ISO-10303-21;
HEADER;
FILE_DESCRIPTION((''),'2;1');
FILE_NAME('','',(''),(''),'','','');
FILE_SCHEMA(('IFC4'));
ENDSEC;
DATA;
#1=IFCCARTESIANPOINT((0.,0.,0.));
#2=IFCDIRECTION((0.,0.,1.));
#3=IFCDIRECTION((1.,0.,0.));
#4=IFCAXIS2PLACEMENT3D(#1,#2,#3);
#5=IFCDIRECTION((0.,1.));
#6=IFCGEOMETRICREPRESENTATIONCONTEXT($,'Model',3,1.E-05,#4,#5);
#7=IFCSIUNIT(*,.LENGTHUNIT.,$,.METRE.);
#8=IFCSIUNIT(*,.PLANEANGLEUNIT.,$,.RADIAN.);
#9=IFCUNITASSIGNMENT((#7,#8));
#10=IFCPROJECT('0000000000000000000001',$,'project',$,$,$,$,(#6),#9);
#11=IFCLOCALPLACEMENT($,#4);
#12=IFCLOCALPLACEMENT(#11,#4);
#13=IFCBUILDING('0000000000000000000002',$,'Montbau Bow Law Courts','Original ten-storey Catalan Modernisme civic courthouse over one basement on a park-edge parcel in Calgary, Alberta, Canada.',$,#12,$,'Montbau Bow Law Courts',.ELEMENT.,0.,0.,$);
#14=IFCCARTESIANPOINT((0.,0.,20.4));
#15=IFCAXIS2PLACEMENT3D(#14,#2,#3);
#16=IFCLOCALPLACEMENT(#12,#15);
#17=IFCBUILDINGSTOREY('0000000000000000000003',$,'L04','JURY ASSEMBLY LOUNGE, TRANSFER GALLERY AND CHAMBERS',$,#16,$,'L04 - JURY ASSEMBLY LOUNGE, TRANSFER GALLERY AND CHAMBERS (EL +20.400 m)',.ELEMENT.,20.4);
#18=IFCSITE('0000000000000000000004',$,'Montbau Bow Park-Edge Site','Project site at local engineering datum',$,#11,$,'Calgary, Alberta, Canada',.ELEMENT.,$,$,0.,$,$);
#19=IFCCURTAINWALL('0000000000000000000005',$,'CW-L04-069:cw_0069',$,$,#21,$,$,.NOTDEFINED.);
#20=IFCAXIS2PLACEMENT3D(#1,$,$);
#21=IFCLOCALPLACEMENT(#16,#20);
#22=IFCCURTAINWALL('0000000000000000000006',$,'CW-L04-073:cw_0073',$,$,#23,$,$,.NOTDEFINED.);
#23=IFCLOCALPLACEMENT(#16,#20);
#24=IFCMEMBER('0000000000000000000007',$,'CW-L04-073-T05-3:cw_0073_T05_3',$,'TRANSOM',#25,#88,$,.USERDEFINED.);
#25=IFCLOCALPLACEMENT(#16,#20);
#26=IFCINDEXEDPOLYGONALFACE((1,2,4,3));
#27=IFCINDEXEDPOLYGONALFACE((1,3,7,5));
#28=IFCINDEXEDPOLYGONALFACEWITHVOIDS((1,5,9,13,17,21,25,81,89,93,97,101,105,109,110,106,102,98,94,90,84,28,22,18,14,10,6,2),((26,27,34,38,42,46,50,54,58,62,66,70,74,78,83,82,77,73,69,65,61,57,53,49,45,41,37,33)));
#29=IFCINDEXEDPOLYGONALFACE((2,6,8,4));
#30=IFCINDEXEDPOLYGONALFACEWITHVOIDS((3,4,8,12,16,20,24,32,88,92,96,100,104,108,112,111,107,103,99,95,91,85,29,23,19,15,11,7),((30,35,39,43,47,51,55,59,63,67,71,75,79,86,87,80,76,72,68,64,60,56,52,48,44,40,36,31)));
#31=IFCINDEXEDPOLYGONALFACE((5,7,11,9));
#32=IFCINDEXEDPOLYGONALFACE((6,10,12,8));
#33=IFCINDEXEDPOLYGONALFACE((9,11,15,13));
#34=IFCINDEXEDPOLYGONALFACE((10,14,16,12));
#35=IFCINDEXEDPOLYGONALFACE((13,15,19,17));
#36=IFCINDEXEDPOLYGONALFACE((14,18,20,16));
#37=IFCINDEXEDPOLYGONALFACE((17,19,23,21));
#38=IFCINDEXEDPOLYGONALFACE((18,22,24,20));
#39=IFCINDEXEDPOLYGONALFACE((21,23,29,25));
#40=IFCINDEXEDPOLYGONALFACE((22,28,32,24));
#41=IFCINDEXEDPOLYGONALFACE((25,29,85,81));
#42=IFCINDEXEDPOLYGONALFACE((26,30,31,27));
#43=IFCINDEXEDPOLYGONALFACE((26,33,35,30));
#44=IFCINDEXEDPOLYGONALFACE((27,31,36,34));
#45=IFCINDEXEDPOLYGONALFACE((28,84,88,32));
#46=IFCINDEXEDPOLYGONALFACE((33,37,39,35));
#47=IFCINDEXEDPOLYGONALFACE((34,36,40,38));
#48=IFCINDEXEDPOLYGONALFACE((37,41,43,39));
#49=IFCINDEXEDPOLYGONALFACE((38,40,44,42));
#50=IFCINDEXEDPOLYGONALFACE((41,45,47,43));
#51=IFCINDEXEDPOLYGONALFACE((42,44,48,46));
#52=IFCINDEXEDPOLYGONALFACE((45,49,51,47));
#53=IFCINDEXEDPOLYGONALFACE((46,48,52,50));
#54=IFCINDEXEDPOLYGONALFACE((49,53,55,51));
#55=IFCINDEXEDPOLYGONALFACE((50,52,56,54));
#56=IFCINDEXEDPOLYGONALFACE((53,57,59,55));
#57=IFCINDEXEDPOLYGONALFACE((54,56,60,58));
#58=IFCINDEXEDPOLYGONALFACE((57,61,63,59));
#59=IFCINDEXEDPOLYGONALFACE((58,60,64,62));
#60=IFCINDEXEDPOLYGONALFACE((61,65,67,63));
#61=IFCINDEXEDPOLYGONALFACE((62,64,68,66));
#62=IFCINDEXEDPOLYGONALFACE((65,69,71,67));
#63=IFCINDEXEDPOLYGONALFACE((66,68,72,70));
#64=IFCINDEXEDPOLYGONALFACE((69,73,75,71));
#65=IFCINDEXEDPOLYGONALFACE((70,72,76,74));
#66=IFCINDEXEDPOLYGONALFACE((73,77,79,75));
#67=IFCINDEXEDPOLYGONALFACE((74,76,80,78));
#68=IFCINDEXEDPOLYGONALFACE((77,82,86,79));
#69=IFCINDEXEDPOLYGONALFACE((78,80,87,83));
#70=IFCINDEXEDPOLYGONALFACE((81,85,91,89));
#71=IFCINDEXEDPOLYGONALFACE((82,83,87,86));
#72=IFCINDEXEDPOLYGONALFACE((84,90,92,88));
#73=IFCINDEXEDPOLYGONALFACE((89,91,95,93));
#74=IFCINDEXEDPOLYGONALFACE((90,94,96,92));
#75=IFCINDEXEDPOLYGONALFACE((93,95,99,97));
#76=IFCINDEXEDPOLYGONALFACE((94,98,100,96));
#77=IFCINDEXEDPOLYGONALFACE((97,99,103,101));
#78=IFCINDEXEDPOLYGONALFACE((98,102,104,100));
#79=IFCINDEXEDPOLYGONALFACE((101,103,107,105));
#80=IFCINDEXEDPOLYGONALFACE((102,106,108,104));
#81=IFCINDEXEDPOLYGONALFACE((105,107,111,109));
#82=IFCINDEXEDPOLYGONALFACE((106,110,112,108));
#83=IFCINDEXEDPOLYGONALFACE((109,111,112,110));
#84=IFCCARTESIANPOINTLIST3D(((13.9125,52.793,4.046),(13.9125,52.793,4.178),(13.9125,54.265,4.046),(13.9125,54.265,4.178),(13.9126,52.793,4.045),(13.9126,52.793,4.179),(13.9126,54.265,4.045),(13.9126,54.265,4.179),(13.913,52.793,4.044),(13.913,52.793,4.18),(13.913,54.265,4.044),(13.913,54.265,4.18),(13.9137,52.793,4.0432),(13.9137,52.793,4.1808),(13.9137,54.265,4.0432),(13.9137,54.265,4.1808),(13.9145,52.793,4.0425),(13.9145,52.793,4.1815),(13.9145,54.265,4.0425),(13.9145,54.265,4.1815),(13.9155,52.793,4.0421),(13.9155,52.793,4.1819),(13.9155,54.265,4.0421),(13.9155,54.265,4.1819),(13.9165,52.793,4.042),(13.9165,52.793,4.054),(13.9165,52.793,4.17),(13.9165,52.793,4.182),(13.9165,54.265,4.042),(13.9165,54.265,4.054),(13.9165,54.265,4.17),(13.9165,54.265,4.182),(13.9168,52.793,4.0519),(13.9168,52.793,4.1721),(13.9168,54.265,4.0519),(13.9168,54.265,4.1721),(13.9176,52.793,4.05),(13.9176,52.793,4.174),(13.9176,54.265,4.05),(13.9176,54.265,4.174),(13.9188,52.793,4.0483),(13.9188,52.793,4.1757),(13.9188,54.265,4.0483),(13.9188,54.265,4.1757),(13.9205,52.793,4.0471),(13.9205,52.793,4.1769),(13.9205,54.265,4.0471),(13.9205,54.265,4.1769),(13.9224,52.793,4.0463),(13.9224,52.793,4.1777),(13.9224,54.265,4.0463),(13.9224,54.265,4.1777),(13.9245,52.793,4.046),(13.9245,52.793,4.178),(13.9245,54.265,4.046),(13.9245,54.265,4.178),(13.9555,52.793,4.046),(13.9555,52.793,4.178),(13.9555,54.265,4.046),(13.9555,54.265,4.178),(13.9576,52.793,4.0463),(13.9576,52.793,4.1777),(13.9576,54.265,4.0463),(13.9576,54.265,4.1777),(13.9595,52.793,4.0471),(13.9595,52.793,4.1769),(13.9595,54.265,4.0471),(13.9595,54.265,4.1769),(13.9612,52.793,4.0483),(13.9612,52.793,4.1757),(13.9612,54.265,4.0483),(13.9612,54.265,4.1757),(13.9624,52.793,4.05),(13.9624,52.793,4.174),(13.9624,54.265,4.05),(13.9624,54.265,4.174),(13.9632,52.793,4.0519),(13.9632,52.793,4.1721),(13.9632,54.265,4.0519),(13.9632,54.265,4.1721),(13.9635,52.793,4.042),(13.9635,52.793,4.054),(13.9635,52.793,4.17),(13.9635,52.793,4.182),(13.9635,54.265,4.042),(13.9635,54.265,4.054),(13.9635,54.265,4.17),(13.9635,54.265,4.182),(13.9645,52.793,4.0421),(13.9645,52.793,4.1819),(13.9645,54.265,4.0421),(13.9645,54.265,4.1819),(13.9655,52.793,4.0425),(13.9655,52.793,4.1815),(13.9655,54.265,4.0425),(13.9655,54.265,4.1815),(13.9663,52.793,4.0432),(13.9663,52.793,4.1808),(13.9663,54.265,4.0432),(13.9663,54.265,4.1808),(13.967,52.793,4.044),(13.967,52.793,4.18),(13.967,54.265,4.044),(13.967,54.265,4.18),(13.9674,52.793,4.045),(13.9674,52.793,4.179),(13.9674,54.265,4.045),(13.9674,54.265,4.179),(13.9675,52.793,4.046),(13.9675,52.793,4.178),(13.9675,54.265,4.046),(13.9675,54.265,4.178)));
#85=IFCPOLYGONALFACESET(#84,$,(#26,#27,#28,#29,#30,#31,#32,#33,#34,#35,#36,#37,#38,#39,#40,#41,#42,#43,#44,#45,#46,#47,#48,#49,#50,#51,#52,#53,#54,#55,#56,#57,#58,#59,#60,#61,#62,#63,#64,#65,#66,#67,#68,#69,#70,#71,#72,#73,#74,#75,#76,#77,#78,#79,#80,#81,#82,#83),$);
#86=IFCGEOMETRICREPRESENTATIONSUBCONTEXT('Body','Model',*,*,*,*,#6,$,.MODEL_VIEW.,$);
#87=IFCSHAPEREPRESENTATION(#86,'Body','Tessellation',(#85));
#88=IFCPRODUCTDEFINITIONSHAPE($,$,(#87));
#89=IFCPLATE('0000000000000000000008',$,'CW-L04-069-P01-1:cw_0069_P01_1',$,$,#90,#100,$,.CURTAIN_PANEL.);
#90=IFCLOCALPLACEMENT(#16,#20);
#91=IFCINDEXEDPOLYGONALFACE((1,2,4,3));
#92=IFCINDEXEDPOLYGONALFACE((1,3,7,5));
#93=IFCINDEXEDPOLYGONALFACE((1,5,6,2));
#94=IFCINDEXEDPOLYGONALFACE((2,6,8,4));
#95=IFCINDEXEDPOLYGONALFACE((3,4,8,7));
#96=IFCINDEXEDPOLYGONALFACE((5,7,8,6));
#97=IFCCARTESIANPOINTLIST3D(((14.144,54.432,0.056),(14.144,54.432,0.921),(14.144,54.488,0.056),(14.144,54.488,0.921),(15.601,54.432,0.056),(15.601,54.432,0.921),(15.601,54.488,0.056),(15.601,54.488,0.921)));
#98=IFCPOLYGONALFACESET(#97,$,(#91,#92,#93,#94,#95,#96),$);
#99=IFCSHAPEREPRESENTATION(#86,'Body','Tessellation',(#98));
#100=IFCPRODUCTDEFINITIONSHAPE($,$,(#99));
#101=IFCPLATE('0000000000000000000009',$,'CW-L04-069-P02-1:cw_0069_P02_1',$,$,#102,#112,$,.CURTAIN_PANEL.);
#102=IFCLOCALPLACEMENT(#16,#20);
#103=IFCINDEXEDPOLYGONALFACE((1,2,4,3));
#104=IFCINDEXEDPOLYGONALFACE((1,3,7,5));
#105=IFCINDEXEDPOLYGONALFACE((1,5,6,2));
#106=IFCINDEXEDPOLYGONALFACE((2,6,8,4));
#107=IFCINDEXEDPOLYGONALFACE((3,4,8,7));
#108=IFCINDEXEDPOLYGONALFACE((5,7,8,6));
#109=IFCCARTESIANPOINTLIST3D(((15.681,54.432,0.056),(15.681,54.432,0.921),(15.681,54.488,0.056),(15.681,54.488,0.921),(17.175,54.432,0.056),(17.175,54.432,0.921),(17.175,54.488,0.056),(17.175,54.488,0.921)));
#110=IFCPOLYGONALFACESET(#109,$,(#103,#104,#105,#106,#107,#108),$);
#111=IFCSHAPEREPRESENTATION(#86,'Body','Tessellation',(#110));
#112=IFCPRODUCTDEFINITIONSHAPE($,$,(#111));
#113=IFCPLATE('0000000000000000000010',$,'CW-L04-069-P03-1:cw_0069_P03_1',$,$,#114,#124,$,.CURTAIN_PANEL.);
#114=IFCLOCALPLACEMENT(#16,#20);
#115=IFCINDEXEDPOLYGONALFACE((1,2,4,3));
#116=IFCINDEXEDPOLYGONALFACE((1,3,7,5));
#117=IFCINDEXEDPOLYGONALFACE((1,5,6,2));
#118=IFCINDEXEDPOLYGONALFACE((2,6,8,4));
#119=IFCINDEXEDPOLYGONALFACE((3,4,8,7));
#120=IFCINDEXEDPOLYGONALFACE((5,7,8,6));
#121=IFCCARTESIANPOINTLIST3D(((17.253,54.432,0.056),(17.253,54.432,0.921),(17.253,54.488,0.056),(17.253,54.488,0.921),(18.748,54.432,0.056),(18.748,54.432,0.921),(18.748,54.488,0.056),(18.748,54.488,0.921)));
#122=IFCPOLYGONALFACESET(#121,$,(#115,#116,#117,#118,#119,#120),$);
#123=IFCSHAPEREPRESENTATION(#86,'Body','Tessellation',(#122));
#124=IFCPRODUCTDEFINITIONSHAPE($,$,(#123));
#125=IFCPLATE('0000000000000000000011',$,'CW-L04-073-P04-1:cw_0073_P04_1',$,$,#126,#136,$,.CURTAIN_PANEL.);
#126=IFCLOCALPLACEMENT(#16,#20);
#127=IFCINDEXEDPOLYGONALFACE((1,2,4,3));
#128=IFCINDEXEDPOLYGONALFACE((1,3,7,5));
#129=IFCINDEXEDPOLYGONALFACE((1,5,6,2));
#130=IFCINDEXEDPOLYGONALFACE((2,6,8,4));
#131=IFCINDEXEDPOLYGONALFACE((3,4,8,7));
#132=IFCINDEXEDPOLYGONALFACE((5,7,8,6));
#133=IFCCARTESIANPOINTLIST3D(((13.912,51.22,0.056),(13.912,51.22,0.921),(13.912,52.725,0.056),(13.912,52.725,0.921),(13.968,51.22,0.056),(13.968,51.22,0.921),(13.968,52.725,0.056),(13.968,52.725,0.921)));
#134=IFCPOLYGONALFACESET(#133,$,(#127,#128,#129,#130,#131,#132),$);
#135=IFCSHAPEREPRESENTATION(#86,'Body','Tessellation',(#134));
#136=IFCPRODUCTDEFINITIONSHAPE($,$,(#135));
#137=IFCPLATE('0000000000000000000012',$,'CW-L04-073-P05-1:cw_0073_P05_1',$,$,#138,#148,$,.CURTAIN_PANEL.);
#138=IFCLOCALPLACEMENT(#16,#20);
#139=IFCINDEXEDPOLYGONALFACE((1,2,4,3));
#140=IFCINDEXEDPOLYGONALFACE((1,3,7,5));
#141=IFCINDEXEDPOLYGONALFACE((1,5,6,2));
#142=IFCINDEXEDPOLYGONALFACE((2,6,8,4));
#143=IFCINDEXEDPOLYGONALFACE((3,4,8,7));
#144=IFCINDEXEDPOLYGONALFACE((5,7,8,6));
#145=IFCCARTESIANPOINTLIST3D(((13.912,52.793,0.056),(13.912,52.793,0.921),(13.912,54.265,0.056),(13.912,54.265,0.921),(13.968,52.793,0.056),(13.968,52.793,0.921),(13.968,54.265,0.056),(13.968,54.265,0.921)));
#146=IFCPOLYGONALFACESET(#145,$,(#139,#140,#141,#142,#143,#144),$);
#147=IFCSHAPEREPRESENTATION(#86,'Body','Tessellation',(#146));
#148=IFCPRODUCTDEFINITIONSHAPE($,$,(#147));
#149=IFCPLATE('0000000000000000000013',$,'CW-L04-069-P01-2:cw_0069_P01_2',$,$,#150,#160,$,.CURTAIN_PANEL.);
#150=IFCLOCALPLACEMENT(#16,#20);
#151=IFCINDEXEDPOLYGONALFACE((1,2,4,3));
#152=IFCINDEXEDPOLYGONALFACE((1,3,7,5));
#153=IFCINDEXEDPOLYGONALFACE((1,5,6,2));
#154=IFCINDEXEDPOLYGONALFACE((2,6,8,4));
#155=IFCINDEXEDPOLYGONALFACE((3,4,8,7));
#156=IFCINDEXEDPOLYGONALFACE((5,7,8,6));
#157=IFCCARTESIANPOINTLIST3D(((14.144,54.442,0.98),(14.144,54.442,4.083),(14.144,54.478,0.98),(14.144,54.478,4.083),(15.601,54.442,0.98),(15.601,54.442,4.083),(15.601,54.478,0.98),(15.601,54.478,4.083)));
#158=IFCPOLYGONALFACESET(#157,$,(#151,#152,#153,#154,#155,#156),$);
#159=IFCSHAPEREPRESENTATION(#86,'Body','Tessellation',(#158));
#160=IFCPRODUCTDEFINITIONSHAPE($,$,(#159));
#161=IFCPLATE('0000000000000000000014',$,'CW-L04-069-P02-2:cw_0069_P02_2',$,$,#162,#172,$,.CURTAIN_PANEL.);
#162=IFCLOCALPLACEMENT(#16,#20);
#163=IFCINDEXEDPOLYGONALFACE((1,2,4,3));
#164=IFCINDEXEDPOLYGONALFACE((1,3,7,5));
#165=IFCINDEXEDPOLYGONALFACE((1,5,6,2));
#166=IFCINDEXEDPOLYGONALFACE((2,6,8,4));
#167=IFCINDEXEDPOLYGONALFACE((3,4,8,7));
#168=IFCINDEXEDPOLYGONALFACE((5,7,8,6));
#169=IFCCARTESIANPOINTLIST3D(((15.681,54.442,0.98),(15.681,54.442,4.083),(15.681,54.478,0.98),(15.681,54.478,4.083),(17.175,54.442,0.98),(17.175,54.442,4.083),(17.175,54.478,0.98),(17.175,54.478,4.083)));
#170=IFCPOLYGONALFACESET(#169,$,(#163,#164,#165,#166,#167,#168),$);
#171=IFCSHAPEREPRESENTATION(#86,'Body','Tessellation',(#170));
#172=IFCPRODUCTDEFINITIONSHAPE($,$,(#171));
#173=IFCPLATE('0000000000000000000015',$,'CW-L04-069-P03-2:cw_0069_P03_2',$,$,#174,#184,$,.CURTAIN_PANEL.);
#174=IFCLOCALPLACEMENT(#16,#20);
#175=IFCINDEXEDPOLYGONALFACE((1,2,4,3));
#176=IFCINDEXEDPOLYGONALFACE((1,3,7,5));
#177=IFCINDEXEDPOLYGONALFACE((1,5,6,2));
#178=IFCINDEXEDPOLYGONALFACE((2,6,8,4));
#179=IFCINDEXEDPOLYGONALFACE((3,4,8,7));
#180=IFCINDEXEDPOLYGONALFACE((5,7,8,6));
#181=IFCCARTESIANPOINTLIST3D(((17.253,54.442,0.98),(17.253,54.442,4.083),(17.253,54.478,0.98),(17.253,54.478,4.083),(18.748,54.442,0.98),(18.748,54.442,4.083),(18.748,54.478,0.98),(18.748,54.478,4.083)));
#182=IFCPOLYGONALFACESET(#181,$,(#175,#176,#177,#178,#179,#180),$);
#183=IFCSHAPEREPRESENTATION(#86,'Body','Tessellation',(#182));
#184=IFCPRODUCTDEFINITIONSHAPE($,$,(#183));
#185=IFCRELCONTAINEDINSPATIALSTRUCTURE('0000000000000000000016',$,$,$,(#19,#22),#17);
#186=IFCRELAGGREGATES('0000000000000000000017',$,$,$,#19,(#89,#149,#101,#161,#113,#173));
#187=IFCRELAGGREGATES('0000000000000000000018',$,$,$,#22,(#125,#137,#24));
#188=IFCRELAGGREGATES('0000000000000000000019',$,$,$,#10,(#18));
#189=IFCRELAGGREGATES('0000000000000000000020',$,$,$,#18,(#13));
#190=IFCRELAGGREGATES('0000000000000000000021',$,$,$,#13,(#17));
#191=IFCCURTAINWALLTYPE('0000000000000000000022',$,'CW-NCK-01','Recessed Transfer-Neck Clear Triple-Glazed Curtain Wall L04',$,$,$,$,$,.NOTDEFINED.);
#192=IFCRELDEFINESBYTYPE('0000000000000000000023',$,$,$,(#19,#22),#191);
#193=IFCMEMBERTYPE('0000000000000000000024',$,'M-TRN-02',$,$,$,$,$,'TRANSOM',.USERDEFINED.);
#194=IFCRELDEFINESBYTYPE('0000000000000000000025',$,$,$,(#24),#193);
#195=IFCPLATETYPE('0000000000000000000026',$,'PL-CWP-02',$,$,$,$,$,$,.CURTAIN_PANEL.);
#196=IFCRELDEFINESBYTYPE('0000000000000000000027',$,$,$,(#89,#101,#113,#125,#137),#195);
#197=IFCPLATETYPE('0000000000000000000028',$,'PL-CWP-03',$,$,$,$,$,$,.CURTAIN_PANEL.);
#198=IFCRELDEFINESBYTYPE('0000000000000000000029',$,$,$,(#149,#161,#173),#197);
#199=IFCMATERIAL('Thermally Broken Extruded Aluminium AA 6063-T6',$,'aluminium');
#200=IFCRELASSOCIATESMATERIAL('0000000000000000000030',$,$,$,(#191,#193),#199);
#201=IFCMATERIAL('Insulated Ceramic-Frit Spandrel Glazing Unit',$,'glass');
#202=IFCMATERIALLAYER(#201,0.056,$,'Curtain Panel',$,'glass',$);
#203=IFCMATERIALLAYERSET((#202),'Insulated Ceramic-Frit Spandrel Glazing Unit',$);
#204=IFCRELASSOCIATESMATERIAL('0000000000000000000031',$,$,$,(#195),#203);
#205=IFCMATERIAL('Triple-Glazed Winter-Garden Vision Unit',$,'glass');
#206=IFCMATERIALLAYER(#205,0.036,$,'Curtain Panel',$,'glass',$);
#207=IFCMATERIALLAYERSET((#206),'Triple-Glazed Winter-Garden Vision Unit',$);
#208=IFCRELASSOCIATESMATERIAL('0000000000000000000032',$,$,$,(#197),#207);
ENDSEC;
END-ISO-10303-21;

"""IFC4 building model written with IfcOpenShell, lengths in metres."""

from ifc_helpers import new_model, si_unit, direction, frame, frame_2d, origin_with_axes, origin_2d_with_axis, place, context, subcontext, project, spatial, rectangle, hollow_rectangle, extrude, material, layer, layer_set, material_profile, profile_set, type_object, element, aggregate, save


model = new_model("IFC4")

# Units and contexts
model_context = context("Model", 3, precision=1e-05, world=origin_with_axes(), true_north=direction((0.0, 1.0)))
body_context = subcontext(model_context, "Body", "Model", "MODEL_VIEW")
ifc_project = project(units=[si_unit("LENGTHUNIT", "METRE"), si_unit("PLANEANGLEUNIT", "RADIAN")], contexts=[model_context])

# Site, building, storey
site_placement = place(None, origin_with_axes())
site = spatial("IfcSite", under=ifc_project, at=site_placement, Name="Montbau Bow Park-Edge Site", Description="Project site at local engineering datum", LongName="Calgary, Alberta, Canada", CompositionType="ELEMENT", RefElevation=0.0)
building_placement = place(site_placement, origin_with_axes())
building = spatial("IfcBuilding", under=site, at=building_placement, Name="Montbau Bow Law Courts", Description="Original ten-storey Catalan Modernisme civic courthouse over one basement on a park-edge parcel in Calgary, Alberta, Canada.", LongName="Montbau Bow Law Courts", CompositionType="ELEMENT", ElevationOfRefHeight=0.0, ElevationOfTerrain=0.0)
storey_placement = place(building_placement, frame((0.0, 0.0, 20.4), z_axis=(0.0, 0.0, 1.0), x_axis=(1.0, 0.0, 0.0)))
storey = spatial("IfcBuildingStorey", under=building, at=storey_placement, Name="L04", Description="JURY ASSEMBLY LOUNGE, TRANSFER GALLERY AND CHAMBERS", LongName="L04 - JURY ASSEMBLY LOUNGE, TRANSFER GALLERY AND CHAMBERS (EL +20.400 m)", CompositionType="ELEMENT", Elevation=20.4)

# Curtain walls
ifc_material_1 = material(Name="Thermally Broken Extruded Aluminium AA 6063-T6", Category="aluminium")
curtain_wall_type = type_object("IfcCurtainWallType", Name="CW-NCK-01", Description="Recessed Transfer-Neck Clear Triple-Glazed Curtain Wall L04", PredefinedType="NOTDEFINED", material=ifc_material_1)
curtain_wall_1_placement = place(None, frame((14.068, 54.46, 20.4), z_axis=(0.0, 0.0, 1.0), x_axis=(1.0, 0.0, 0.0)))
curtain_wall_1 = element("IfcCurtainWall", 1, at=curtain_wall_1_placement, inside=storey, type_object=curtain_wall_type, Name="CW-L04-069:cw_0069", PredefinedType="NOTDEFINED")
curtain_wall_2_placement = place(None, frame((13.94, 46.468, 20.4), z_axis=(0.0, 0.0, 1.0), x_axis=(1.0, 0.0, 0.0)))
curtain_wall_2 = element("IfcCurtainWall", 2, at=curtain_wall_2_placement, inside=storey, type_object=curtain_wall_type, Name="CW-L04-073:cw_0073", PredefinedType="NOTDEFINED")

# Member
ifc_material_profile_1 = material_profile(ifc_material_1, hollow_rectangle(XDim=0.055, YDim=0.14, WallThickness=0.004, InnerFilletRadius=0.008, OuterFilletRadius=0.004, at=origin_2d_with_axis()), Name="CWT-140X55", Category="Main", Priority=0)
ifc_profile_set_1 = profile_set([ifc_material_profile_1], Name="Thermally Broken Extruded Aluminium AA 6063-T6")
member_type_1 = type_object("IfcMemberType", Name="M-TRN-02", ElementType="TRANSOM", PredefinedType="USERDEFINED", material=ifc_profile_set_1)
member_1_placement = place(None, frame((13.94, 52.793, 24.512), z_axis=(0.0, 1.0, 0.0), x_axis=(-1.0, 0.0, 0.0)))
member_1 = element("IfcMember", 3, at=member_1_placement, type_object=member_type_1, Name="CW-L04-073-T05-3:cw_0073_T05_3", ObjectType="TRANSOM", PredefinedType="USERDEFINED", context=body_context, shape_type="SweptSolid", body=[
    extrude(hollow_rectangle(XDim=0.055, YDim=0.14, WallThickness=0.004, InnerFilletRadius=0.008, OuterFilletRadius=0.004, at=origin_2d_with_axis()), origin_with_axes(), (0.0, 0.0, 1.0), 1.472),
])

# Plates
ifc_material_2 = material(Name="Insulated Ceramic-Frit Spandrel Glazing Unit", Category="glass")
ifc_layer_1 = layer(ifc_material_2, 0.056, Name="Curtain Panel", Category="glass")
ifc_layer_set_1 = layer_set([ifc_layer_1], Name="Insulated Ceramic-Frit Spandrel Glazing Unit")
plate_type_1 = type_object("IfcPlateType", Name="PL-CWP-02", PredefinedType="CURTAIN_PANEL", material=ifc_layer_set_1)
plate_1_placement = place(None, frame((14.144, 54.46, 20.456), z_axis=(0.0, -1.0, 0.0), x_axis=(1.0, 0.0, 0.0)))
plate_1 = element("IfcPlate", 4, at=plate_1_placement, type_object=plate_type_1, Name="CW-L04-069-P01-1:cw_0069_P01_1", PredefinedType="CURTAIN_PANEL", context=body_context, shape_type="SweptSolid", body=[
    extrude(rectangle(XDim=1.457, YDim=0.865, at=frame_2d((0.7285, 0.4325), x_axis=(1.0, 0.0))), frame((0.0, 0.0, -0.028), z_axis=(0.0, 0.0, 1.0), x_axis=(1.0, 0.0, 0.0)), (0.0, 0.0, 1.0), 0.056),
])
plate_2_placement = place(None, frame((15.681, 54.46, 20.456), z_axis=(0.0, -1.0, 0.0), x_axis=(1.0, 0.0, 0.0)))
plate_2 = element("IfcPlate", 5, at=plate_2_placement, type_object=plate_type_1, Name="CW-L04-069-P02-1:cw_0069_P02_1", PredefinedType="CURTAIN_PANEL", context=body_context, shape_type="SweptSolid", body=[
    extrude(rectangle(XDim=1.494, YDim=0.865, at=frame_2d((0.747, 0.4325), x_axis=(1.0, 0.0))), frame((0.0, 0.0, -0.028), z_axis=(0.0, 0.0, 1.0), x_axis=(1.0, 0.0, 0.0)), (0.0, 0.0, 1.0), 0.056),
])
plate_3_placement = place(None, frame((17.253, 54.46, 20.456), z_axis=(0.0, -1.0, 0.0), x_axis=(1.0, 0.0, 0.0)))
plate_3 = element("IfcPlate", 6, at=plate_3_placement, type_object=plate_type_1, Name="CW-L04-069-P03-1:cw_0069_P03_1", PredefinedType="CURTAIN_PANEL", context=body_context, shape_type="SweptSolid", body=[
    extrude(rectangle(XDim=1.495, YDim=0.865, at=frame_2d((0.7475, 0.4325), x_axis=(1.0, 0.0))), frame((0.0, 0.0, -0.028), z_axis=(0.0, 0.0, 1.0), x_axis=(1.0, 0.0, 0.0)), (0.0, 0.0, 1.0), 0.056),
])
plate_4_placement = place(None, frame((13.94, 51.22, 20.456), z_axis=(1.0, 0.0, 0.0), x_axis=(0.0, 1.0, 0.0)))
plate_4 = element("IfcPlate", 7, at=plate_4_placement, type_object=plate_type_1, Name="CW-L04-073-P04-1:cw_0073_P04_1", PredefinedType="CURTAIN_PANEL", context=body_context, shape_type="SweptSolid", body=[
    extrude(rectangle(XDim=1.505, YDim=0.865, at=frame_2d((0.7525, 0.4325), x_axis=(1.0, 0.0))), frame((0.0, 0.0, -0.028), z_axis=(0.0, 0.0, 1.0), x_axis=(1.0, 0.0, 0.0)), (0.0, 0.0, 1.0), 0.056),
])
plate_5_placement = place(None, frame((13.94, 52.793, 20.456), z_axis=(1.0, 0.0, 0.0), x_axis=(0.0, 1.0, 0.0)))
plate_5 = element("IfcPlate", 8, at=plate_5_placement, type_object=plate_type_1, Name="CW-L04-073-P05-1:cw_0073_P05_1", PredefinedType="CURTAIN_PANEL", context=body_context, shape_type="SweptSolid", body=[
    extrude(rectangle(XDim=1.472, YDim=0.865, at=frame_2d((0.736, 0.4325), x_axis=(1.0, 0.0))), frame((0.0, 0.0, -0.028), z_axis=(0.0, 0.0, 1.0), x_axis=(1.0, 0.0, 0.0)), (0.0, 0.0, 1.0), 0.056),
])
ifc_material_3 = material(Name="Triple-Glazed Winter-Garden Vision Unit", Category="glass")
ifc_layer_2 = layer(ifc_material_3, 0.036, Name="Curtain Panel", Category="glass")
ifc_layer_set_2 = layer_set([ifc_layer_2], Name="Triple-Glazed Winter-Garden Vision Unit")
plate_type_2 = type_object("IfcPlateType", Name="PL-CWP-03", PredefinedType="CURTAIN_PANEL", material=ifc_layer_set_2)
plate_6_placement = place(None, frame((14.144, 54.46, 21.38), z_axis=(0.0, -1.0, 0.0), x_axis=(1.0, 0.0, 0.0)))
plate_6 = element("IfcPlate", 9, at=plate_6_placement, type_object=plate_type_2, Name="CW-L04-069-P01-2:cw_0069_P01_2", PredefinedType="CURTAIN_PANEL", context=body_context, shape_type="SweptSolid", body=[
    extrude(rectangle(XDim=1.457, YDim=3.103, at=frame_2d((0.7285, 1.5515), x_axis=(1.0, 0.0))), frame((0.0, 0.0, -0.018), z_axis=(0.0, 0.0, 1.0), x_axis=(1.0, 0.0, 0.0)), (0.0, 0.0, 1.0), 0.036),
])
plate_7_placement = place(None, frame((15.681, 54.46, 21.38), z_axis=(0.0, -1.0, 0.0), x_axis=(1.0, 0.0, 0.0)))
plate_7 = element("IfcPlate", 10, at=plate_7_placement, type_object=plate_type_2, Name="CW-L04-069-P02-2:cw_0069_P02_2", PredefinedType="CURTAIN_PANEL", context=body_context, shape_type="SweptSolid", body=[
    extrude(rectangle(XDim=1.494, YDim=3.103, at=frame_2d((0.747, 1.5515), x_axis=(1.0, 0.0))), frame((0.0, 0.0, -0.018), z_axis=(0.0, 0.0, 1.0), x_axis=(1.0, 0.0, 0.0)), (0.0, 0.0, 1.0), 0.036),
])
plate_8_placement = place(None, frame((17.253, 54.46, 21.38), z_axis=(0.0, -1.0, 0.0), x_axis=(1.0, 0.0, 0.0)))
plate_8 = element("IfcPlate", 11, at=plate_8_placement, type_object=plate_type_2, Name="CW-L04-069-P03-2:cw_0069_P03_2", PredefinedType="CURTAIN_PANEL", context=body_context, shape_type="SweptSolid", body=[
    extrude(rectangle(XDim=1.495, YDim=3.103, at=frame_2d((0.7475, 1.5515), x_axis=(1.0, 0.0))), frame((0.0, 0.0, -0.018), z_axis=(0.0, 0.0, 1.0), x_axis=(1.0, 0.0, 0.0)), (0.0, 0.0, 1.0), 0.036),
])
aggregate(curtain_wall_1, [plate_1, plate_6, plate_2, plate_7, plate_3, plate_8])
aggregate(curtain_wall_2, [plate_4, plate_5, member_1])

save(model, "model.ifc")
